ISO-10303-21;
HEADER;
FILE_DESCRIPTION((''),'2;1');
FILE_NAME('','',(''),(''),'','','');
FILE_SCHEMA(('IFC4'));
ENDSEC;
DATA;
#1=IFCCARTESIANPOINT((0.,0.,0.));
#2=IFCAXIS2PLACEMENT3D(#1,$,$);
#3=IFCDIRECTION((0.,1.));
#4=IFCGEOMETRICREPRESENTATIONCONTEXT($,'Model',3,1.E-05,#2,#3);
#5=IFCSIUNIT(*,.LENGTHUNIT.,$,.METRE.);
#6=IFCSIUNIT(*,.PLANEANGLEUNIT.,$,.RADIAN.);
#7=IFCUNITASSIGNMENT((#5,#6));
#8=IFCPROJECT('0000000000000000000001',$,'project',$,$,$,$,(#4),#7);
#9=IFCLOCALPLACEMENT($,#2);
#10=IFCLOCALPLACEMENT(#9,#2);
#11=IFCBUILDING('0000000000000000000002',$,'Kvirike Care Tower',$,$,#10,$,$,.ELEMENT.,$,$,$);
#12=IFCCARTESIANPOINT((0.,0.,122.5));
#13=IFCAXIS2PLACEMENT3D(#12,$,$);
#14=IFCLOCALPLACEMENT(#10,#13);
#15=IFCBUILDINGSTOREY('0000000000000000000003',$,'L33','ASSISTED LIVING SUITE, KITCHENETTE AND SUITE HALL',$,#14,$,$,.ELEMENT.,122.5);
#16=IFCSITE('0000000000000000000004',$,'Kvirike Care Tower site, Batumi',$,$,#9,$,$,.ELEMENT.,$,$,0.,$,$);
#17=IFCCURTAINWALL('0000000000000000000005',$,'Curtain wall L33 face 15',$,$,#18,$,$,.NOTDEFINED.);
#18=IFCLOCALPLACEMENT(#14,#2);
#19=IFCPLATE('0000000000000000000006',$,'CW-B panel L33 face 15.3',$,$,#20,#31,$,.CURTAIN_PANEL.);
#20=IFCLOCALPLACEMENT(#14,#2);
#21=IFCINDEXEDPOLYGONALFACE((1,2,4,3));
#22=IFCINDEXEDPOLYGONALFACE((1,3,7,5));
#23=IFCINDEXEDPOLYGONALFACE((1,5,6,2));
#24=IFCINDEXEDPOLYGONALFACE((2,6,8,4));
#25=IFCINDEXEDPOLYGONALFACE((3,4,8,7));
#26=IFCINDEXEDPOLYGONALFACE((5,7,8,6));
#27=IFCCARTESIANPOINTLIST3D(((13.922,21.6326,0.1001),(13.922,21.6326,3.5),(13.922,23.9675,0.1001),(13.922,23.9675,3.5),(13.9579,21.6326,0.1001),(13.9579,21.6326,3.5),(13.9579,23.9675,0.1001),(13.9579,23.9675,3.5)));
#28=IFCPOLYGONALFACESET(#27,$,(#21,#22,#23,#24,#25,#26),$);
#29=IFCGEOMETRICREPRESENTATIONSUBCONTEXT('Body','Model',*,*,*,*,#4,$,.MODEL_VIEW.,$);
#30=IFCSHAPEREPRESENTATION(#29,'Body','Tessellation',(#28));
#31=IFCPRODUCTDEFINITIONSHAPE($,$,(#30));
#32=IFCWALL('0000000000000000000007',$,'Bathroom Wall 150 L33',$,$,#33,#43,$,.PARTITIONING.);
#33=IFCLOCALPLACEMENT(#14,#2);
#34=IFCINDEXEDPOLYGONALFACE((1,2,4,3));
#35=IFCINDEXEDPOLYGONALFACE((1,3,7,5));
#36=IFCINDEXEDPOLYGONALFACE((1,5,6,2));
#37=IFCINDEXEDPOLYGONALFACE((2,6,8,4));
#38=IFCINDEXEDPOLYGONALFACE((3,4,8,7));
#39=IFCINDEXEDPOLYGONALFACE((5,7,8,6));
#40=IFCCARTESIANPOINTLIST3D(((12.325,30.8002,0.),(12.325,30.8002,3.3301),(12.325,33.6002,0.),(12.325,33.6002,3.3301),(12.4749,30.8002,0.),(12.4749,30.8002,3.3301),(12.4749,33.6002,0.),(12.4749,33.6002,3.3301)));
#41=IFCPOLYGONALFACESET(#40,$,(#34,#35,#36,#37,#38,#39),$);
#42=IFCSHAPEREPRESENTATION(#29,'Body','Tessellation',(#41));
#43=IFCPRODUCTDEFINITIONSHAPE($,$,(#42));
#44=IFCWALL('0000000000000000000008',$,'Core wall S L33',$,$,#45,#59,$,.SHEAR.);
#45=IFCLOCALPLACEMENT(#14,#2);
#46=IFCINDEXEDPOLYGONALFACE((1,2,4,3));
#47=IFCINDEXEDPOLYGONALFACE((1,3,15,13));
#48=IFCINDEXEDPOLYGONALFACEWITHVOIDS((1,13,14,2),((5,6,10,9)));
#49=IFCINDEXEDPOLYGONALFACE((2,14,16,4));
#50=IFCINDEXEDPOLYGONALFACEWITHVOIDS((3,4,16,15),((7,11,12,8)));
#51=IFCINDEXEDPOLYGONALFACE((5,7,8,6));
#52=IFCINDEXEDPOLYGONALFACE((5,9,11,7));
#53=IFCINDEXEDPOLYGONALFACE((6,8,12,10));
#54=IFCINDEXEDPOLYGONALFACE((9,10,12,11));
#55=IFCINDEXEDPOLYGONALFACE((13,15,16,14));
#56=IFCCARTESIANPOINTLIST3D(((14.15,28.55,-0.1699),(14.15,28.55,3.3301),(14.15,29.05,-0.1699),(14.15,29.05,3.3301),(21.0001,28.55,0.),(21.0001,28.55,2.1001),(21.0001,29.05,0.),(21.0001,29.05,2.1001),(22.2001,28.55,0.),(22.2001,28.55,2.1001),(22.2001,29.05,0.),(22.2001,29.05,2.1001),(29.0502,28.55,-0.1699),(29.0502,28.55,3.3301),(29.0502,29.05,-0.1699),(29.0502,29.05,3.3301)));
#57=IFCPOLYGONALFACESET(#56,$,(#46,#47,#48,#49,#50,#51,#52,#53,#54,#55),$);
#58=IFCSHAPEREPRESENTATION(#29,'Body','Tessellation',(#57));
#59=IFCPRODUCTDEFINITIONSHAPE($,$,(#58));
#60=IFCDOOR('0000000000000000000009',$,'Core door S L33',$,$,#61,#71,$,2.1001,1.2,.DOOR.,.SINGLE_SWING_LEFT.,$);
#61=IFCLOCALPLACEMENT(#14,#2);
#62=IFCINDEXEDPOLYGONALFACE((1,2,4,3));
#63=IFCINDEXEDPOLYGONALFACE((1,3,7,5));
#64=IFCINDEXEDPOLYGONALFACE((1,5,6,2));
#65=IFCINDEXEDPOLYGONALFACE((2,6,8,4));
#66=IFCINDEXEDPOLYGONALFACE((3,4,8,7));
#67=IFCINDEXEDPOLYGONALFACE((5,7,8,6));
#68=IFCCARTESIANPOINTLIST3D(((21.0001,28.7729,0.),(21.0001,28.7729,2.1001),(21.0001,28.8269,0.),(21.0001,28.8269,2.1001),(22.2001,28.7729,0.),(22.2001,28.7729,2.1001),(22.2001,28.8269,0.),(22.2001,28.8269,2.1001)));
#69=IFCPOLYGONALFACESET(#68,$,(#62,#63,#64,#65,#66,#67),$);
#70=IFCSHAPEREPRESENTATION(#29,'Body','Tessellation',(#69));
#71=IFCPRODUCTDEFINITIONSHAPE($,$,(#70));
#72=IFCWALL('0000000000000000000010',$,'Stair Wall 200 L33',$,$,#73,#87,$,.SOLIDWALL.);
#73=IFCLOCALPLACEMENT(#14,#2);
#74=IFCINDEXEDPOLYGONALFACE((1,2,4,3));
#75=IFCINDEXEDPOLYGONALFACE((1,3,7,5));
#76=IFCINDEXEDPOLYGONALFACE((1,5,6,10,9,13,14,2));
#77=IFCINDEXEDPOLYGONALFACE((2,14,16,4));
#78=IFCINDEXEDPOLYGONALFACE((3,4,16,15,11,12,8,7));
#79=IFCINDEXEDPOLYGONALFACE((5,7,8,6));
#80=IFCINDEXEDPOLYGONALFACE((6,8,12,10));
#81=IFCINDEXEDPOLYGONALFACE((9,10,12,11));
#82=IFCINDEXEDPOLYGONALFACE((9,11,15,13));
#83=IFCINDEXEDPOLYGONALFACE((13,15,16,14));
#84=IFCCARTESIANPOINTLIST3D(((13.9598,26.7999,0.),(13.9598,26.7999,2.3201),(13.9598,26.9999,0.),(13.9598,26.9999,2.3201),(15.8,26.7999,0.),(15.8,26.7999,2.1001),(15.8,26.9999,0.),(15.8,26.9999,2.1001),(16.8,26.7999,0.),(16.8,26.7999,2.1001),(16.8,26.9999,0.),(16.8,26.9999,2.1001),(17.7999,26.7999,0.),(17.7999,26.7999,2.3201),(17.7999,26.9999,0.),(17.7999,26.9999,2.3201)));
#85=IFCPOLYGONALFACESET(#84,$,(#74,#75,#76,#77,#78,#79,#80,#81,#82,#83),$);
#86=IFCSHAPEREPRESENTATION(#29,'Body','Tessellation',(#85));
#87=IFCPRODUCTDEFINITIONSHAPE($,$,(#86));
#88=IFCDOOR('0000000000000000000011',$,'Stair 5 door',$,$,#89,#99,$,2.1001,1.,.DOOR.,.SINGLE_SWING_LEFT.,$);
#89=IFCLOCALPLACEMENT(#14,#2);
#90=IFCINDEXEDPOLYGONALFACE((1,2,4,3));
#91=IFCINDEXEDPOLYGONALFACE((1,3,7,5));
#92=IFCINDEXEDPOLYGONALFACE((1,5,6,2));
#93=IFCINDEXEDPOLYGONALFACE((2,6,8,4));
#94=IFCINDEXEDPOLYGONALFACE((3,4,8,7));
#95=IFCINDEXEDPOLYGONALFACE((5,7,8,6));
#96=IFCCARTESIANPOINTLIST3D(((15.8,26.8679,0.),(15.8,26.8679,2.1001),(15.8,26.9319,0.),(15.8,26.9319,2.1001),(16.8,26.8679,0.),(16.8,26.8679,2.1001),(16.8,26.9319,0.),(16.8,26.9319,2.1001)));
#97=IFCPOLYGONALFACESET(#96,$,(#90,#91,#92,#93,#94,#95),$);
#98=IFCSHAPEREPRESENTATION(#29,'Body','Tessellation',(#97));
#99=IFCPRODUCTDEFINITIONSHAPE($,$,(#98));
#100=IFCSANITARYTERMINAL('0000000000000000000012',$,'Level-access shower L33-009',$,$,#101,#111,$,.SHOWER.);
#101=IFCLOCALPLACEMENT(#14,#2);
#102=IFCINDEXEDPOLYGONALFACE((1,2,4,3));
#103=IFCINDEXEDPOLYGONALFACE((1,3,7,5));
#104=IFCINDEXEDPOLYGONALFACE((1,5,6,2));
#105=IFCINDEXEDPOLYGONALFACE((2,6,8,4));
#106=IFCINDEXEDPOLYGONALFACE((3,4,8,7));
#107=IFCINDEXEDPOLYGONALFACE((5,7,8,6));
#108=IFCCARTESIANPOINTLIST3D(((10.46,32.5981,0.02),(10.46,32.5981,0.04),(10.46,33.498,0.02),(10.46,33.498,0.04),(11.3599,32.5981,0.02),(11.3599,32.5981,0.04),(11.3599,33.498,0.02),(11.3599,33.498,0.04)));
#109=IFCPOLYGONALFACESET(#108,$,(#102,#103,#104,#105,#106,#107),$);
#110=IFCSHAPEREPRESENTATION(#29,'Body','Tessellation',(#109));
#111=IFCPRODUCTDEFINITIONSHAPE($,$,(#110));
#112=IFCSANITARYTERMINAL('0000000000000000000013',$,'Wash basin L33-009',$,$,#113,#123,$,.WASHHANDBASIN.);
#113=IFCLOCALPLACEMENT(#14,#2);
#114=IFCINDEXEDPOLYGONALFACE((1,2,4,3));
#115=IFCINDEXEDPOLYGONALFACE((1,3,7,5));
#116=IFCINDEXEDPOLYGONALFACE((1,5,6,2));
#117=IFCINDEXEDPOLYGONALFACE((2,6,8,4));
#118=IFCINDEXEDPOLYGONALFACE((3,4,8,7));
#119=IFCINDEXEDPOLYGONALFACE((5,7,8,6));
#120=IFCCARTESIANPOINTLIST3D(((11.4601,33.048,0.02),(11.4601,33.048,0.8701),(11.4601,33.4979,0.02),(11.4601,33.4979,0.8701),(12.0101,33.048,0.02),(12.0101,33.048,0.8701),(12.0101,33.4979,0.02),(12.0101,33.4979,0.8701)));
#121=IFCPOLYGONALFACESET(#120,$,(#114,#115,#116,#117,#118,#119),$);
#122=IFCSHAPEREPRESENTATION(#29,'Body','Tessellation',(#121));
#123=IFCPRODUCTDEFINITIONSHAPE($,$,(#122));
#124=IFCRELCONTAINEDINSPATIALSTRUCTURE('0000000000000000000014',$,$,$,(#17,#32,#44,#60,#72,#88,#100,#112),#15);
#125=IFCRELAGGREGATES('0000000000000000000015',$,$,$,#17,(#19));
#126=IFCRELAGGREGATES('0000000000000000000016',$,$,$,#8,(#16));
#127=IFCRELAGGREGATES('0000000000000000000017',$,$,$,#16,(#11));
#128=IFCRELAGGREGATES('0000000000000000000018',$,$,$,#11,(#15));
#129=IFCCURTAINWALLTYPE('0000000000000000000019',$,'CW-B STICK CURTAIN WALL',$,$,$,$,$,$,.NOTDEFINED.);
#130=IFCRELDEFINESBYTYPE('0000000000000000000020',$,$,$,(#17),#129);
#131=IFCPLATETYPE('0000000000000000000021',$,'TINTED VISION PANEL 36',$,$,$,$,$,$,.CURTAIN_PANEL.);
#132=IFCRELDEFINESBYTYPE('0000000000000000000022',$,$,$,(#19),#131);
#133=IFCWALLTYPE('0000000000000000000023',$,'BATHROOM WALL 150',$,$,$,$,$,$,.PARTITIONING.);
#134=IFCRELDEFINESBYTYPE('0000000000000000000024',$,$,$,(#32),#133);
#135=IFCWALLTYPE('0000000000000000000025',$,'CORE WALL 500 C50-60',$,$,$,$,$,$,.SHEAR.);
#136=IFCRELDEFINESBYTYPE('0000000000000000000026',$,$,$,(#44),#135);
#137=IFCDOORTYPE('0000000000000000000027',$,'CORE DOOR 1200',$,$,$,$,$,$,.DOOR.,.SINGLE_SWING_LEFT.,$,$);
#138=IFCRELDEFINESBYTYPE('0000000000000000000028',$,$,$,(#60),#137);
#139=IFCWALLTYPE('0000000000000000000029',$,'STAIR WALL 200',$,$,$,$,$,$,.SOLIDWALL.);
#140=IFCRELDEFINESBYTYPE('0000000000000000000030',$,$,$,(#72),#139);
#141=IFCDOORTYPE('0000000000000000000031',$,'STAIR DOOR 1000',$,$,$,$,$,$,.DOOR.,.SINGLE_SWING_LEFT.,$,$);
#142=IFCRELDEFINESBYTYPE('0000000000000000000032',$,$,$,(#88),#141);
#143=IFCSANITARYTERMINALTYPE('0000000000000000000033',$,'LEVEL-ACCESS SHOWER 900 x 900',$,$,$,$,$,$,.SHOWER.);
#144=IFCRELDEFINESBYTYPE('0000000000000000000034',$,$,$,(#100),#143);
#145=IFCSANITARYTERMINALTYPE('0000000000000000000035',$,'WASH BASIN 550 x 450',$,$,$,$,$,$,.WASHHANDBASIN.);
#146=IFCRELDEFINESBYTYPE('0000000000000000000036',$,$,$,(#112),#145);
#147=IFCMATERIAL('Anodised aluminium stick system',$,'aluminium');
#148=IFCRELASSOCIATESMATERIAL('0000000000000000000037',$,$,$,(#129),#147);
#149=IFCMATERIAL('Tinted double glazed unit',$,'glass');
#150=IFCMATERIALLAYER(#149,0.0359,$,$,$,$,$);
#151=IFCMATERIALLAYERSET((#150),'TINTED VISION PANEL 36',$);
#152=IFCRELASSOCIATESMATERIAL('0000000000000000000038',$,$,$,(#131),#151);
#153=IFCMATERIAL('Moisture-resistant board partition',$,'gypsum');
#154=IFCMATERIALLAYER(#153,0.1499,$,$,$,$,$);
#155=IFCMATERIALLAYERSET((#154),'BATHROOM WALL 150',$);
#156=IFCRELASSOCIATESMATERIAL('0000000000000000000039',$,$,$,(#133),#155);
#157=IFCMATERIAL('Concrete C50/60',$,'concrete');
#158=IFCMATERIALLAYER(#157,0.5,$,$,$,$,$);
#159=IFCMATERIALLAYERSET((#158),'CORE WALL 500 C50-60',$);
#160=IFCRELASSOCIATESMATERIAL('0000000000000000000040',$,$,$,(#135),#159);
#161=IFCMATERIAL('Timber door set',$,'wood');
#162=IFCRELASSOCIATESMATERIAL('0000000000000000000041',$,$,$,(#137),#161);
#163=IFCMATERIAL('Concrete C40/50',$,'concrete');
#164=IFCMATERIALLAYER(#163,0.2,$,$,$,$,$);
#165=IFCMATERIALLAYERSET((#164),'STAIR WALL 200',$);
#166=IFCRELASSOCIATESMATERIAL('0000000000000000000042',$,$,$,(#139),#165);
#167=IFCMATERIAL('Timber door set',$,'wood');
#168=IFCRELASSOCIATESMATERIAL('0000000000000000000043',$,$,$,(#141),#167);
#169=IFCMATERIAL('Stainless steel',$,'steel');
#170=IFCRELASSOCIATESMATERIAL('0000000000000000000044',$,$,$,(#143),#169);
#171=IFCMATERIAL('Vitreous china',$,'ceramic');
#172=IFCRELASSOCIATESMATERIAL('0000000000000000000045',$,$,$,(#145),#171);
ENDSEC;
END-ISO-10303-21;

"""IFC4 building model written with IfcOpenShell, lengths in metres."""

from ifc_helpers import new_model, si_unit, direction, frame, frame_2d, origin, origin_2d, place, context, subcontext, project, spatial, rectangle, extrude, material, layer, layer_set, type_object, element, fill, aggregate, save


model = new_model("IFC4")

# Units and contexts
model_context = context("Model", 3, precision=1e-05, world=origin(), true_north=direction((0.0, 1.0)))
body_context = subcontext(model_context, "Body", "Model", "MODEL_VIEW")
ifc_project = project(units=[si_unit("LENGTHUNIT", "METRE"), si_unit("PLANEANGLEUNIT", "RADIAN")], contexts=[model_context])

# Site, building, storey
site_placement = place(None, origin())
site = spatial("IfcSite", under=ifc_project, at=site_placement, Name="Kvirike Care Tower site, Batumi", CompositionType="ELEMENT", RefElevation=0.0)
building_placement = place(site_placement, origin())
building = spatial("IfcBuilding", under=site, at=building_placement, Name="Kvirike Care Tower", CompositionType="ELEMENT")
storey_placement = place(building_placement, frame((0.0, 0.0, 122.5)))
storey = spatial("IfcBuildingStorey", under=building, at=storey_placement, Name="L33", Description="ASSISTED LIVING SUITE, KITCHENETTE AND SUITE HALL", CompositionType="ELEMENT", Elevation=122.5)

# Curtain wall
ifc_material_1 = material(Name="Anodised aluminium stick system", Category="aluminium")
curtain_wall_type = type_object("IfcCurtainWallType", Name="CW-B STICK CURTAIN WALL", PredefinedType="NOTDEFINED", material=ifc_material_1)
curtain_wall_1_placement = place(storey_placement, origin())
curtain_wall_1 = element("IfcCurtainWall", 1, at=curtain_wall_1_placement, inside=storey, type_object=curtain_wall_type, Name="Curtain wall L33 face 15", PredefinedType="NOTDEFINED")

# Plate
ifc_material_2 = material(Name="Tinted double glazed unit", Category="glass")
ifc_layer_1 = layer(ifc_material_2, 0.0359)
ifc_layer_set_1 = layer_set([ifc_layer_1], Name="TINTED VISION PANEL 36")
plate_type = type_object("IfcPlateType", Name="TINTED VISION PANEL 36", PredefinedType="CURTAIN_PANEL", material=ifc_layer_set_1)
plate_1_placement = place(storey_placement, frame((13.9399, 22.8, 0.1001), z_axis=(0.0, 0.0, 1.0), x_axis=(0.0, -1.0, 0.0)))
plate_1 = element("IfcPlate", 2, at=plate_1_placement, type_object=plate_type, Name="CW-B panel L33 face 15.3", PredefinedType="CURTAIN_PANEL", context=body_context, shape_type="SweptSolid", body=[
    extrude(rectangle(XDim=2.335, YDim=0.0359, at=origin_2d()), origin(), (0.0, 0.0, 1.0), 3.3999),
])
aggregate(curtain_wall_1, [plate_1])

# Wall
ifc_material_3 = material(Name="Moisture-resistant board partition", Category="gypsum")
ifc_layer_2 = layer(ifc_material_3, 0.1499)
ifc_layer_set_2 = layer_set([ifc_layer_2], Name="BATHROOM WALL 150")
wall_type_1 = type_object("IfcWallType", Name="BATHROOM WALL 150", PredefinedType="PARTITIONING", material=ifc_layer_set_2)
wall_1_placement = place(storey_placement, frame((12.3999, 33.6001, 0.0), z_axis=(0.0, 0.0, 1.0), x_axis=(0.0, -1.0, 0.0)))
element("IfcWall", 3, at=wall_1_placement, inside=storey, type_object=wall_type_1, Name="Bathroom Wall 150 L33", PredefinedType="PARTITIONING", context=body_context, shape_type="SweptSolid", body=[
    extrude(rectangle(XDim=2.8, YDim=0.1499, at=frame_2d((1.3999, 0.0))), origin(), (0.0, 0.0, 1.0), 3.3301),
])

# Walls, openings, doors
ifc_material_4 = material(Name="Concrete C50/60", Category="concrete")
ifc_layer_3 = layer(ifc_material_4, 0.5)
ifc_layer_set_3 = layer_set([ifc_layer_3], Name="CORE WALL 500 C50-60")
wall_type_2 = type_object("IfcWallType", Name="CORE WALL 500 C50-60", PredefinedType="SHEAR", material=ifc_layer_set_3)
wall_2_placement = place(storey_placement, frame((14.1499, 28.8, -0.1699), z_axis=(0.0, 0.0, 1.0), x_axis=(1.0, 0.0, 0.0)))
wall_2 = element("IfcWall", 4, at=wall_2_placement, inside=storey, type_object=wall_type_2, Name="Core wall S L33", PredefinedType="SHEAR", context=body_context, shape_type="SweptSolid", body=[
    extrude(rectangle(XDim=14.9001, YDim=0.5, at=frame_2d((7.4502, 0.0))), origin(), (0.0, 0.0, 1.0), 3.5),
])
opening_1_placement = place(wall_2_placement, frame((6.8501, 0.0, 0.1699)))
opening_1 = element("IfcOpeningElement", 5, at=opening_1_placement, cuts=wall_2, PredefinedType="OPENING", context=body_context, shape_type="SweptSolid", body=[
    extrude(rectangle(XDim=1.2, YDim=2.1001, at=frame_2d((0.6001, 1.05))), frame((0.0, 0.2605, 0.0), z_axis=(0.0, -1.0, 0.0), x_axis=(1.0, 0.0, 0.0)), (0.0, 0.0, 1.0), 0.521),
])
ifc_material_5 = material(Name="Timber door set", Category="wood")
door_type_1 = type_object("IfcDoorType", Name="CORE DOOR 1200", OperationType="SINGLE_SWING_LEFT", PredefinedType="DOOR", material=ifc_material_5)
door_1_placement = place(opening_1_placement, origin())
door_1 = element("IfcDoor", 6, at=door_1_placement, inside=storey, type_object=door_type_1, Name="Core door S L33", OperationType="SINGLE_SWING_LEFT", OverallHeight=2.1001, OverallWidth=1.2, PredefinedType="DOOR", context=body_context, shape_type="SweptSolid", body=[
    extrude(rectangle(XDim=1.2, YDim=2.1001, at=frame_2d((0.6001, 1.05))), frame((0.0, 0.0269, 0.0), z_axis=(0.0, -1.0, 0.0), x_axis=(1.0, 0.0, 0.0)), (0.0, 0.0, 1.0), 0.054),
])
fill(opening_1, door_1)
ifc_material_6 = material(Name="Concrete C40/50", Category="concrete")
ifc_layer_4 = layer(ifc_material_6, 0.2)
ifc_layer_set_4 = layer_set([ifc_layer_4], Name="STAIR WALL 200")
wall_type_3 = type_object("IfcWallType", Name="STAIR WALL 200", PredefinedType="SOLIDWALL", material=ifc_layer_set_4)
wall_3_placement = place(storey_placement, frame((13.96, 26.8999, 0.0), z_axis=(0.0, 0.0, 1.0), x_axis=(1.0, 0.0, 0.0)))
wall_3 = element("IfcWall", 7, at=wall_3_placement, inside=storey, type_object=wall_type_3, Name="Stair Wall 200 L33", PredefinedType="SOLIDWALL", context=body_context, shape_type="SweptSolid", body=[
    extrude(rectangle(XDim=3.8401, YDim=0.2, at=frame_2d((1.9199, 0.0))), origin(), (0.0, 0.0, 1.0), 2.3201),
])
opening_2_placement = place(wall_3_placement, frame((1.8401, 0.0, 0.0)))
opening_2 = element("IfcOpeningElement", 8, at=opening_2_placement, cuts=wall_3, PredefinedType="OPENING", context=body_context, shape_type="SweptSolid", body=[
    extrude(rectangle(XDim=1.0, YDim=2.1001, at=frame_2d((0.5, 1.05))), frame((0.0, 0.1106, 0.0), z_axis=(0.0, -1.0, 0.0), x_axis=(1.0, 0.0, 0.0)), (0.0, 0.0, 1.0), 0.2209),
])
ifc_material_7 = material(Name="Timber door set", Category="wood")
door_type_2 = type_object("IfcDoorType", Name="STAIR DOOR 1000", OperationType="SINGLE_SWING_LEFT", PredefinedType="DOOR", material=ifc_material_7)
door_2_placement = place(opening_2_placement, frame((1.0, 0.0, 0.0), z_axis=(0.0, 0.0, 1.0), x_axis=(-1.0, 0.0, 0.0)))
door_2 = element("IfcDoor", 9, at=door_2_placement, inside=storey, type_object=door_type_2, Name="Stair 5 door", OperationType="SINGLE_SWING_LEFT", OverallHeight=2.1001, OverallWidth=1.0, PredefinedType="DOOR", context=body_context, shape_type="SweptSolid", body=[
    extrude(rectangle(XDim=1.0, YDim=2.1001, at=frame_2d((0.5, 1.05))), frame((0.0, 0.032, 0.0), z_axis=(0.0, -1.0, 0.0), x_axis=(1.0, 0.0, 0.0)), (0.0, 0.0, 1.0), 0.064),
])
fill(opening_2, door_2)

# Sanitary terminals
ifc_material_8 = material(Name="Stainless steel", Category="steel")
sanitary_terminal_type_1 = type_object("IfcSanitaryTerminalType", Name="LEVEL-ACCESS SHOWER 900 x 900", PredefinedType="SHOWER", material=ifc_material_8)
sanitary_terminal_1_placement = place(storey_placement, frame((10.9099, 33.0481, 0.02), z_axis=(0.0, 0.0, 1.0), x_axis=(1.0, 0.0, 0.0)))
element("IfcSanitaryTerminal", 10, at=sanitary_terminal_1_placement, inside=storey, type_object=sanitary_terminal_type_1, Name="Level-access shower L33-009", PredefinedType="SHOWER", context=body_context, shape_type="SweptSolid", body=[
    extrude(rectangle(XDim=0.8999, YDim=0.8999, at=origin_2d()), origin(), (0.0, 0.0, 1.0), 0.02),
])
ifc_material_9 = material(Name="Vitreous china", Category="ceramic")
sanitary_terminal_type_2 = type_object("IfcSanitaryTerminalType", Name="WASH BASIN 550 x 450", PredefinedType="WASHHANDBASIN", material=ifc_material_9)
sanitary_terminal_2_placement = place(storey_placement, frame((11.7351, 33.2729, 0.02), z_axis=(0.0, 0.0, 1.0), x_axis=(1.0, 0.0, 0.0)))
element("IfcSanitaryTerminal", 11, at=sanitary_terminal_2_placement, inside=storey, type_object=sanitary_terminal_type_2, Name="Wash basin L33-009", PredefinedType="WASHHANDBASIN", context=body_context, shape_type="SweptSolid", body=[
    extrude(rectangle(XDim=0.55, YDim=0.45, at=origin_2d()), origin(), (0.0, 0.0, 1.0), 0.8501),
])

save(model, "model.ifc")
